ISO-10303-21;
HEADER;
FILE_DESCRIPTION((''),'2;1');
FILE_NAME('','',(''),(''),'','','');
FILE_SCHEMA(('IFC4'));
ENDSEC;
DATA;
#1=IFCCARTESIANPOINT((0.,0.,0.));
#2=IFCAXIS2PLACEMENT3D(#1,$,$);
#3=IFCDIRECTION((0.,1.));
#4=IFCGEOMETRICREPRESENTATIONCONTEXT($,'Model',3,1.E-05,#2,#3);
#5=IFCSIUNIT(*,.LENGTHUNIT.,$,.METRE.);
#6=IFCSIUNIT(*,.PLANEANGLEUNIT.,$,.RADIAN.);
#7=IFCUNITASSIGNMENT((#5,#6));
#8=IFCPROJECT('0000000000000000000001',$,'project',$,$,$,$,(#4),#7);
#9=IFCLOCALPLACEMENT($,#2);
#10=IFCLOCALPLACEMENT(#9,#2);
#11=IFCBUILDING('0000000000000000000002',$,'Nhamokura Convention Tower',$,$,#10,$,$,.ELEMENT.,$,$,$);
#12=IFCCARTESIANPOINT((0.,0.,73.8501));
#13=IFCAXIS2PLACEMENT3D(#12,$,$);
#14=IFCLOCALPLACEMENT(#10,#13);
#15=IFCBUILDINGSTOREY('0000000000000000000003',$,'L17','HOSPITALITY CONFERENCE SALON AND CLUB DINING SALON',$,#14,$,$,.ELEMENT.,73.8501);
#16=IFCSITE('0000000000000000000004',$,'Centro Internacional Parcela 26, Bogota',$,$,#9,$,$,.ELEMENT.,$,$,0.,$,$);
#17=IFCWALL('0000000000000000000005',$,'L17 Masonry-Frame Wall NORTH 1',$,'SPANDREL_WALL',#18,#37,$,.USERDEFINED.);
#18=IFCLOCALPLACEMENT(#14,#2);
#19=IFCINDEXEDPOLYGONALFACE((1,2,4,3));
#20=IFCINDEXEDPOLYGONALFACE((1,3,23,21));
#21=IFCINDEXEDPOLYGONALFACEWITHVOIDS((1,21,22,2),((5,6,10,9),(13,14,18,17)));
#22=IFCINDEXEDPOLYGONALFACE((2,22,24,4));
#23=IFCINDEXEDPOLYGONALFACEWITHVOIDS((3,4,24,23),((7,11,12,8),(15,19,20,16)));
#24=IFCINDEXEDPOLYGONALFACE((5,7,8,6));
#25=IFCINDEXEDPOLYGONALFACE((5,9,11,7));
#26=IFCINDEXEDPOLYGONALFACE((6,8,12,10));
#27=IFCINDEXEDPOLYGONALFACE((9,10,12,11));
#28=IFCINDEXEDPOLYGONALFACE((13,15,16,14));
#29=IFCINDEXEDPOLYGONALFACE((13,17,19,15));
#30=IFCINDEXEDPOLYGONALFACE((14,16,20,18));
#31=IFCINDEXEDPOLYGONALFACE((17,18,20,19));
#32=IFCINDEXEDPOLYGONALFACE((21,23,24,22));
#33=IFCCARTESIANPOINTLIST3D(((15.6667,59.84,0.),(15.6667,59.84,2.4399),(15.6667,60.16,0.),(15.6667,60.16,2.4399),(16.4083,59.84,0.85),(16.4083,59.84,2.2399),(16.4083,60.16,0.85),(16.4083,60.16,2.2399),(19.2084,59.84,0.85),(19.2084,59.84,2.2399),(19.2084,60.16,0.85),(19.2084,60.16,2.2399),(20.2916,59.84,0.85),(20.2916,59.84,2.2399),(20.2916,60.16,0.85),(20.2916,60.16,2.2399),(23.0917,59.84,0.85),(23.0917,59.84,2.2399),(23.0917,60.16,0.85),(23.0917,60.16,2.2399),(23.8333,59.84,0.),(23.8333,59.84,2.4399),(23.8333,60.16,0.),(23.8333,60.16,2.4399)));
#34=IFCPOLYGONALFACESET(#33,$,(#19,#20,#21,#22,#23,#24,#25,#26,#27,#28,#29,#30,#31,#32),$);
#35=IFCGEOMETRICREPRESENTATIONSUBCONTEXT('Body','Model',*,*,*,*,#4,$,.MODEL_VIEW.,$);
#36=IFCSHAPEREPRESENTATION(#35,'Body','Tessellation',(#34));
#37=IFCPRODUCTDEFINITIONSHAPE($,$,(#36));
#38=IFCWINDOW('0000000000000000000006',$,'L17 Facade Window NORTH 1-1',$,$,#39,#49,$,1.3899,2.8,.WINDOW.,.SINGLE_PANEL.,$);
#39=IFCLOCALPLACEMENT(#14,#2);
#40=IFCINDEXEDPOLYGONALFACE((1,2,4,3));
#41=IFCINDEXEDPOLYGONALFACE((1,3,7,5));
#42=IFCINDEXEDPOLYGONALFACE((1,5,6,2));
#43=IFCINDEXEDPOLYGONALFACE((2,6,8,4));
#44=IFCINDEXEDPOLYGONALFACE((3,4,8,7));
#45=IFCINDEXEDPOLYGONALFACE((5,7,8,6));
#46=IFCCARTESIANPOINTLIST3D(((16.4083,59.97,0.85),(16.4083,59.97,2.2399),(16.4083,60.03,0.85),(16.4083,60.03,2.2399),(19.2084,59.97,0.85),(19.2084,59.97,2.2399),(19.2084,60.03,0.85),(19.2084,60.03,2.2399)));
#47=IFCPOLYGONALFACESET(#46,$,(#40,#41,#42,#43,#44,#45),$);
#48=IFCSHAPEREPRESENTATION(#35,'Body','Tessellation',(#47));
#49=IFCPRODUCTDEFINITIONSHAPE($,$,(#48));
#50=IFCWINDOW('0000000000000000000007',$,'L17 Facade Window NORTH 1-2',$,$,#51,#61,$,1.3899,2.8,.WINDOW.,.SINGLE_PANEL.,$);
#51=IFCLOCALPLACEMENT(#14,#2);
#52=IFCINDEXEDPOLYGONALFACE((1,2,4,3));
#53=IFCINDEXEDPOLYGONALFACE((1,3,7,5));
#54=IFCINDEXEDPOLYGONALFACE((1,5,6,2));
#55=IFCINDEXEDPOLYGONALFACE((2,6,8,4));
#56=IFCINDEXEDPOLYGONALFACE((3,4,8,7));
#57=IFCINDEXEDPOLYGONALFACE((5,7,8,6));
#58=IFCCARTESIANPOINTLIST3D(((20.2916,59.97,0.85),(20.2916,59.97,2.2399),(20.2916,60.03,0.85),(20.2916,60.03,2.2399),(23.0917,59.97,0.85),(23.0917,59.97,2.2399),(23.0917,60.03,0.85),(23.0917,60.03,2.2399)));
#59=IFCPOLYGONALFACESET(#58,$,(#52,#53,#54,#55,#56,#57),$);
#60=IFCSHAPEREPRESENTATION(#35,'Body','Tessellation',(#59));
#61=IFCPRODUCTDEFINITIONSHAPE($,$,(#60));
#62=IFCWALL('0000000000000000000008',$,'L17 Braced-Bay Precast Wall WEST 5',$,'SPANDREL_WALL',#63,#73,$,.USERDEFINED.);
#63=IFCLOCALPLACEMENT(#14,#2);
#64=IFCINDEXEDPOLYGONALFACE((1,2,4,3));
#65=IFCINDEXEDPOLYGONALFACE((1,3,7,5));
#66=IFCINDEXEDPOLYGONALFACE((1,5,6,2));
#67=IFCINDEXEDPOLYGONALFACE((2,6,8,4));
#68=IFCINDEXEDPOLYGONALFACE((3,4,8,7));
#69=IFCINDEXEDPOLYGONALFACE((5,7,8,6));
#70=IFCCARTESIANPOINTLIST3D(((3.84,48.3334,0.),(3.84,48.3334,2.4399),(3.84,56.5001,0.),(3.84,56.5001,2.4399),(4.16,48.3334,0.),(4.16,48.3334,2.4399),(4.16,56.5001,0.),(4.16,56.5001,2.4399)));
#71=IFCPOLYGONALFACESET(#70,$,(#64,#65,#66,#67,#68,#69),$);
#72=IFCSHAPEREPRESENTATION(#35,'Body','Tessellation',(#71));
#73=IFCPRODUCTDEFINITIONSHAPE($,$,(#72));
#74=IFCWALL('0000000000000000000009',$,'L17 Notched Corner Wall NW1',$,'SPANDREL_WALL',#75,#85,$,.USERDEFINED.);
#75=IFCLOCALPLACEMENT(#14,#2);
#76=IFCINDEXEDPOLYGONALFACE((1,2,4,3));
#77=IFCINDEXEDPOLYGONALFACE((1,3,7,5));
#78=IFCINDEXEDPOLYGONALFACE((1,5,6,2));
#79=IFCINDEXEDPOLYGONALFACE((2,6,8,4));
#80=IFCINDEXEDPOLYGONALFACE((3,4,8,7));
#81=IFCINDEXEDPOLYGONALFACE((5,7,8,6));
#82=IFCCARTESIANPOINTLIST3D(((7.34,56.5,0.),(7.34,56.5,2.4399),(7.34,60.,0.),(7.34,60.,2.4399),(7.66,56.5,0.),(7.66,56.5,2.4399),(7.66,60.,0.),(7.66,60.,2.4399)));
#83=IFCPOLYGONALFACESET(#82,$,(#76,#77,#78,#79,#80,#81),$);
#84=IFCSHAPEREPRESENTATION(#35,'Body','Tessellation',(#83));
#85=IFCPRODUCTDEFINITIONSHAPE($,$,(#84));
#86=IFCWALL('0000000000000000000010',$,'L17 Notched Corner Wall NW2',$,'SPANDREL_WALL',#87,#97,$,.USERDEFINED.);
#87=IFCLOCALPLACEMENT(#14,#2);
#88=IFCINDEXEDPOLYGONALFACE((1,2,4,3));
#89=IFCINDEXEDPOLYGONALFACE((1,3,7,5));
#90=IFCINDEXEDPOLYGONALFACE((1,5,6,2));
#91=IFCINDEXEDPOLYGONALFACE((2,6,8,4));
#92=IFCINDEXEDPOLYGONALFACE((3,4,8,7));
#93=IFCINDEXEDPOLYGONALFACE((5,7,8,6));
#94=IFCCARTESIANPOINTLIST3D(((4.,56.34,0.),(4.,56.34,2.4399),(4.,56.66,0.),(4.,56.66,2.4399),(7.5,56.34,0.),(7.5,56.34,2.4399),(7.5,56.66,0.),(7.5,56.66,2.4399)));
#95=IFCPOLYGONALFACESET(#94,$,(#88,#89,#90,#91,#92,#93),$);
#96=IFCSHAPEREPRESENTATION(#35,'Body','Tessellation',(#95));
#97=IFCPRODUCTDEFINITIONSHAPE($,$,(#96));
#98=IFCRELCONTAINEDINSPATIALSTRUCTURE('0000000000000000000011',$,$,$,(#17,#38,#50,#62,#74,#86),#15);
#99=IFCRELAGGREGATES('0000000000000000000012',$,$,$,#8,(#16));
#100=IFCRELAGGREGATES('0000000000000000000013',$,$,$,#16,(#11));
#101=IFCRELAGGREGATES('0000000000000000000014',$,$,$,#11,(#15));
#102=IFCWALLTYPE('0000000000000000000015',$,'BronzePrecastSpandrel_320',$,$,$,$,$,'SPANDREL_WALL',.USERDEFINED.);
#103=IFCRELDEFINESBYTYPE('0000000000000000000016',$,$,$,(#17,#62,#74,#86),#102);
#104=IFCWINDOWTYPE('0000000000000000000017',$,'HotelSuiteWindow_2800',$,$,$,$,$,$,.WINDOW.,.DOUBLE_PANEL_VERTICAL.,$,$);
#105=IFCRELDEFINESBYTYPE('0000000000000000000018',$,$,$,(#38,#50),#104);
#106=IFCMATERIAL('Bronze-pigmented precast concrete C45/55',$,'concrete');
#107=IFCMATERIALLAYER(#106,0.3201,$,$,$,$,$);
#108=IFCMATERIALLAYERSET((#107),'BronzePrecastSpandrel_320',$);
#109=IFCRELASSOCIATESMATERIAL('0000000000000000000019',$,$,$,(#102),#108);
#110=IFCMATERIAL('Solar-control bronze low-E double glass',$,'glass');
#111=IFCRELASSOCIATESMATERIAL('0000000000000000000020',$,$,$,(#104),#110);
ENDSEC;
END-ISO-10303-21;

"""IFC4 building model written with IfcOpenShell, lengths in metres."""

from ifc_helpers import new_model, si_unit, direction, frame, frame_2d, origin, place, context, subcontext, project, spatial, rectangle, extrude, material, layer, layer_set, type_object, element, fill, save


model = new_model("IFC4")

# Units and contexts
model_context = context("Model", 3, precision=1e-05, world=origin(), true_north=direction((0.0, 1.0)))
body_context = subcontext(model_context, "Body", "Model", "MODEL_VIEW")
ifc_project = project(units=[si_unit("LENGTHUNIT", "METRE"), si_unit("PLANEANGLEUNIT", "RADIAN")], contexts=[model_context])

# Site, building, storey
site_placement = place(None, origin())
site = spatial("IfcSite", under=ifc_project, at=site_placement, Name="Centro Internacional Parcela 26, Bogota", CompositionType="ELEMENT", RefElevation=0.0)
building_placement = place(site_placement, origin())
building = spatial("IfcBuilding", under=site, at=building_placement, Name="Nhamokura Convention Tower", CompositionType="ELEMENT")
storey_placement = place(building_placement, frame((0.0, 0.0, 73.8501)))
storey = spatial("IfcBuildingStorey", under=building, at=storey_placement, Name="L17", Description="HOSPITALITY CONFERENCE SALON AND CLUB DINING SALON", CompositionType="ELEMENT", Elevation=73.8501)

# Shared definitions
ifc_material_1 = material(Name="Bronze-pigmented precast concrete C45/55", Category="concrete")
ifc_layer = layer(ifc_material_1, 0.3201)
ifc_layer_set = layer_set([ifc_layer], Name="BronzePrecastSpandrel_320")
wall_type = type_object("IfcWallType", Name="BronzePrecastSpandrel_320", ElementType="SPANDREL_WALL", PredefinedType="USERDEFINED", material=ifc_layer_set)

# Wall, openings, windows
wall_1_placement = place(storey_placement, frame((15.6667, 60.0, 0.0), z_axis=(0.0, 0.0, 1.0), x_axis=(1.0, 0.0, 0.0)))
wall_1 = element("IfcWall", 1, at=wall_1_placement, inside=storey, type_object=wall_type, Name="L17 Masonry-Frame Wall NORTH 1", ObjectType="SPANDREL_WALL", PredefinedType="USERDEFINED", context=body_context, shape_type="SweptSolid", body=[
    extrude(rectangle(XDim=8.1665, YDim=0.3201, at=frame_2d((4.0833, 0.0))), origin(), (0.0, 0.0, 1.0), 2.4399),
])
opening_1_placement = place(wall_1_placement, frame((0.7417, 0.0, 0.8501)))
opening_1 = element("IfcOpeningElement", 2, at=opening_1_placement, cuts=wall_1, PredefinedType="OPENING", context=body_context, shape_type="SweptSolid", body=[
    extrude(rectangle(XDim=2.8, YDim=1.3899, at=frame_2d((1.3999, 0.6948))), frame((0.0, 0.1699, 0.0), z_axis=(0.0, -1.0, 0.0), x_axis=(1.0, 0.0, 0.0)), (0.0, 0.0, 1.0), 0.3401),
])
opening_2_placement = place(wall_1_placement, frame((4.625, 0.0, 0.8501)))
opening_2 = element("IfcOpeningElement", 3, at=opening_2_placement, cuts=wall_1, PredefinedType="OPENING", context=body_context, shape_type="SweptSolid", body=[
    extrude(rectangle(XDim=2.8, YDim=1.3899, at=frame_2d((1.3999, 0.6948))), frame((0.0, 0.1699, 0.0), z_axis=(0.0, -1.0, 0.0), x_axis=(1.0, 0.0, 0.0)), (0.0, 0.0, 1.0), 0.3401),
])
ifc_material_2 = material(Name="Solar-control bronze low-E double glass", Category="glass")
window_type = type_object("IfcWindowType", Name="HotelSuiteWindow_2800", PartitioningType="DOUBLE_PANEL_VERTICAL", PredefinedType="WINDOW", material=ifc_material_2)
window_1_placement = place(opening_1_placement, origin())
window_1 = element("IfcWindow", 4, at=window_1_placement, inside=storey, type_object=window_type, Name="L17 Facade Window NORTH 1-1", OverallHeight=1.3899, OverallWidth=2.8, PartitioningType="SINGLE_PANEL", PredefinedType="WINDOW", context=body_context, shape_type="SweptSolid", body=[
    extrude(rectangle(XDim=2.8, YDim=1.3899, at=frame_2d((1.3999, 0.6948))), frame((0.0, 0.03, 0.0), z_axis=(0.0, -1.0, 0.0), x_axis=(1.0, 0.0, 0.0)), (0.0, 0.0, 1.0), 0.0601),
])
fill(opening_1, window_1)
window_2_placement = place(opening_2_placement, origin())
window_2 = element("IfcWindow", 5, at=window_2_placement, inside=storey, type_object=window_type, Name="L17 Facade Window NORTH 1-2", OverallHeight=1.3899, OverallWidth=2.8, PartitioningType="SINGLE_PANEL", PredefinedType="WINDOW", context=body_context, shape_type="SweptSolid", body=[
    extrude(rectangle(XDim=2.8, YDim=1.3899, at=frame_2d((1.3999, 0.6948))), frame((0.0, 0.03, 0.0), z_axis=(0.0, -1.0, 0.0), x_axis=(1.0, 0.0, 0.0)), (0.0, 0.0, 1.0), 0.0601),
])
fill(opening_2, window_2)

# Walls
wall_2_placement = place(storey_placement, frame((4.0, 48.3333, 0.0), z_axis=(0.0, 0.0, 1.0), x_axis=(0.0, 1.0, 0.0)))
element("IfcWall", 6, at=wall_2_placement, inside=storey, type_object=wall_type, Name="L17 Braced-Bay Precast Wall WEST 5", ObjectType="SPANDREL_WALL", PredefinedType="USERDEFINED", context=body_context, shape_type="SweptSolid", body=[
    extrude(rectangle(XDim=8.1667, YDim=0.3201, at=frame_2d((4.0835, 0.0))), origin(), (0.0, 0.0, 1.0), 2.4399),
])
for number, where, z_axis, x_axis, name in (
    (7, (7.5, 56.5, 0.0), (0.0, 0.0, 1.0), (0.0, 1.0, 0.0), "L17 Notched Corner Wall NW1"),
    (8, (4.0, 56.5, 0.0), (0.0, 0.0, 1.0), (1.0, 0.0, 0.0), "L17 Notched Corner Wall NW2"),
):
    element("IfcWall", number, at=place(storey_placement, frame(where, z_axis=z_axis, x_axis=x_axis)), inside=storey, type_object=wall_type, Name=name, ObjectType="SPANDREL_WALL", PredefinedType="USERDEFINED", context=body_context, shape_type="SweptSolid", body=[
        extrude(rectangle(XDim=3.5, YDim=0.3201, at=frame_2d((1.75, 0.0))), origin(), (0.0, 0.0, 1.0), 2.4399),
    ])

save(model, "model.ifc")
